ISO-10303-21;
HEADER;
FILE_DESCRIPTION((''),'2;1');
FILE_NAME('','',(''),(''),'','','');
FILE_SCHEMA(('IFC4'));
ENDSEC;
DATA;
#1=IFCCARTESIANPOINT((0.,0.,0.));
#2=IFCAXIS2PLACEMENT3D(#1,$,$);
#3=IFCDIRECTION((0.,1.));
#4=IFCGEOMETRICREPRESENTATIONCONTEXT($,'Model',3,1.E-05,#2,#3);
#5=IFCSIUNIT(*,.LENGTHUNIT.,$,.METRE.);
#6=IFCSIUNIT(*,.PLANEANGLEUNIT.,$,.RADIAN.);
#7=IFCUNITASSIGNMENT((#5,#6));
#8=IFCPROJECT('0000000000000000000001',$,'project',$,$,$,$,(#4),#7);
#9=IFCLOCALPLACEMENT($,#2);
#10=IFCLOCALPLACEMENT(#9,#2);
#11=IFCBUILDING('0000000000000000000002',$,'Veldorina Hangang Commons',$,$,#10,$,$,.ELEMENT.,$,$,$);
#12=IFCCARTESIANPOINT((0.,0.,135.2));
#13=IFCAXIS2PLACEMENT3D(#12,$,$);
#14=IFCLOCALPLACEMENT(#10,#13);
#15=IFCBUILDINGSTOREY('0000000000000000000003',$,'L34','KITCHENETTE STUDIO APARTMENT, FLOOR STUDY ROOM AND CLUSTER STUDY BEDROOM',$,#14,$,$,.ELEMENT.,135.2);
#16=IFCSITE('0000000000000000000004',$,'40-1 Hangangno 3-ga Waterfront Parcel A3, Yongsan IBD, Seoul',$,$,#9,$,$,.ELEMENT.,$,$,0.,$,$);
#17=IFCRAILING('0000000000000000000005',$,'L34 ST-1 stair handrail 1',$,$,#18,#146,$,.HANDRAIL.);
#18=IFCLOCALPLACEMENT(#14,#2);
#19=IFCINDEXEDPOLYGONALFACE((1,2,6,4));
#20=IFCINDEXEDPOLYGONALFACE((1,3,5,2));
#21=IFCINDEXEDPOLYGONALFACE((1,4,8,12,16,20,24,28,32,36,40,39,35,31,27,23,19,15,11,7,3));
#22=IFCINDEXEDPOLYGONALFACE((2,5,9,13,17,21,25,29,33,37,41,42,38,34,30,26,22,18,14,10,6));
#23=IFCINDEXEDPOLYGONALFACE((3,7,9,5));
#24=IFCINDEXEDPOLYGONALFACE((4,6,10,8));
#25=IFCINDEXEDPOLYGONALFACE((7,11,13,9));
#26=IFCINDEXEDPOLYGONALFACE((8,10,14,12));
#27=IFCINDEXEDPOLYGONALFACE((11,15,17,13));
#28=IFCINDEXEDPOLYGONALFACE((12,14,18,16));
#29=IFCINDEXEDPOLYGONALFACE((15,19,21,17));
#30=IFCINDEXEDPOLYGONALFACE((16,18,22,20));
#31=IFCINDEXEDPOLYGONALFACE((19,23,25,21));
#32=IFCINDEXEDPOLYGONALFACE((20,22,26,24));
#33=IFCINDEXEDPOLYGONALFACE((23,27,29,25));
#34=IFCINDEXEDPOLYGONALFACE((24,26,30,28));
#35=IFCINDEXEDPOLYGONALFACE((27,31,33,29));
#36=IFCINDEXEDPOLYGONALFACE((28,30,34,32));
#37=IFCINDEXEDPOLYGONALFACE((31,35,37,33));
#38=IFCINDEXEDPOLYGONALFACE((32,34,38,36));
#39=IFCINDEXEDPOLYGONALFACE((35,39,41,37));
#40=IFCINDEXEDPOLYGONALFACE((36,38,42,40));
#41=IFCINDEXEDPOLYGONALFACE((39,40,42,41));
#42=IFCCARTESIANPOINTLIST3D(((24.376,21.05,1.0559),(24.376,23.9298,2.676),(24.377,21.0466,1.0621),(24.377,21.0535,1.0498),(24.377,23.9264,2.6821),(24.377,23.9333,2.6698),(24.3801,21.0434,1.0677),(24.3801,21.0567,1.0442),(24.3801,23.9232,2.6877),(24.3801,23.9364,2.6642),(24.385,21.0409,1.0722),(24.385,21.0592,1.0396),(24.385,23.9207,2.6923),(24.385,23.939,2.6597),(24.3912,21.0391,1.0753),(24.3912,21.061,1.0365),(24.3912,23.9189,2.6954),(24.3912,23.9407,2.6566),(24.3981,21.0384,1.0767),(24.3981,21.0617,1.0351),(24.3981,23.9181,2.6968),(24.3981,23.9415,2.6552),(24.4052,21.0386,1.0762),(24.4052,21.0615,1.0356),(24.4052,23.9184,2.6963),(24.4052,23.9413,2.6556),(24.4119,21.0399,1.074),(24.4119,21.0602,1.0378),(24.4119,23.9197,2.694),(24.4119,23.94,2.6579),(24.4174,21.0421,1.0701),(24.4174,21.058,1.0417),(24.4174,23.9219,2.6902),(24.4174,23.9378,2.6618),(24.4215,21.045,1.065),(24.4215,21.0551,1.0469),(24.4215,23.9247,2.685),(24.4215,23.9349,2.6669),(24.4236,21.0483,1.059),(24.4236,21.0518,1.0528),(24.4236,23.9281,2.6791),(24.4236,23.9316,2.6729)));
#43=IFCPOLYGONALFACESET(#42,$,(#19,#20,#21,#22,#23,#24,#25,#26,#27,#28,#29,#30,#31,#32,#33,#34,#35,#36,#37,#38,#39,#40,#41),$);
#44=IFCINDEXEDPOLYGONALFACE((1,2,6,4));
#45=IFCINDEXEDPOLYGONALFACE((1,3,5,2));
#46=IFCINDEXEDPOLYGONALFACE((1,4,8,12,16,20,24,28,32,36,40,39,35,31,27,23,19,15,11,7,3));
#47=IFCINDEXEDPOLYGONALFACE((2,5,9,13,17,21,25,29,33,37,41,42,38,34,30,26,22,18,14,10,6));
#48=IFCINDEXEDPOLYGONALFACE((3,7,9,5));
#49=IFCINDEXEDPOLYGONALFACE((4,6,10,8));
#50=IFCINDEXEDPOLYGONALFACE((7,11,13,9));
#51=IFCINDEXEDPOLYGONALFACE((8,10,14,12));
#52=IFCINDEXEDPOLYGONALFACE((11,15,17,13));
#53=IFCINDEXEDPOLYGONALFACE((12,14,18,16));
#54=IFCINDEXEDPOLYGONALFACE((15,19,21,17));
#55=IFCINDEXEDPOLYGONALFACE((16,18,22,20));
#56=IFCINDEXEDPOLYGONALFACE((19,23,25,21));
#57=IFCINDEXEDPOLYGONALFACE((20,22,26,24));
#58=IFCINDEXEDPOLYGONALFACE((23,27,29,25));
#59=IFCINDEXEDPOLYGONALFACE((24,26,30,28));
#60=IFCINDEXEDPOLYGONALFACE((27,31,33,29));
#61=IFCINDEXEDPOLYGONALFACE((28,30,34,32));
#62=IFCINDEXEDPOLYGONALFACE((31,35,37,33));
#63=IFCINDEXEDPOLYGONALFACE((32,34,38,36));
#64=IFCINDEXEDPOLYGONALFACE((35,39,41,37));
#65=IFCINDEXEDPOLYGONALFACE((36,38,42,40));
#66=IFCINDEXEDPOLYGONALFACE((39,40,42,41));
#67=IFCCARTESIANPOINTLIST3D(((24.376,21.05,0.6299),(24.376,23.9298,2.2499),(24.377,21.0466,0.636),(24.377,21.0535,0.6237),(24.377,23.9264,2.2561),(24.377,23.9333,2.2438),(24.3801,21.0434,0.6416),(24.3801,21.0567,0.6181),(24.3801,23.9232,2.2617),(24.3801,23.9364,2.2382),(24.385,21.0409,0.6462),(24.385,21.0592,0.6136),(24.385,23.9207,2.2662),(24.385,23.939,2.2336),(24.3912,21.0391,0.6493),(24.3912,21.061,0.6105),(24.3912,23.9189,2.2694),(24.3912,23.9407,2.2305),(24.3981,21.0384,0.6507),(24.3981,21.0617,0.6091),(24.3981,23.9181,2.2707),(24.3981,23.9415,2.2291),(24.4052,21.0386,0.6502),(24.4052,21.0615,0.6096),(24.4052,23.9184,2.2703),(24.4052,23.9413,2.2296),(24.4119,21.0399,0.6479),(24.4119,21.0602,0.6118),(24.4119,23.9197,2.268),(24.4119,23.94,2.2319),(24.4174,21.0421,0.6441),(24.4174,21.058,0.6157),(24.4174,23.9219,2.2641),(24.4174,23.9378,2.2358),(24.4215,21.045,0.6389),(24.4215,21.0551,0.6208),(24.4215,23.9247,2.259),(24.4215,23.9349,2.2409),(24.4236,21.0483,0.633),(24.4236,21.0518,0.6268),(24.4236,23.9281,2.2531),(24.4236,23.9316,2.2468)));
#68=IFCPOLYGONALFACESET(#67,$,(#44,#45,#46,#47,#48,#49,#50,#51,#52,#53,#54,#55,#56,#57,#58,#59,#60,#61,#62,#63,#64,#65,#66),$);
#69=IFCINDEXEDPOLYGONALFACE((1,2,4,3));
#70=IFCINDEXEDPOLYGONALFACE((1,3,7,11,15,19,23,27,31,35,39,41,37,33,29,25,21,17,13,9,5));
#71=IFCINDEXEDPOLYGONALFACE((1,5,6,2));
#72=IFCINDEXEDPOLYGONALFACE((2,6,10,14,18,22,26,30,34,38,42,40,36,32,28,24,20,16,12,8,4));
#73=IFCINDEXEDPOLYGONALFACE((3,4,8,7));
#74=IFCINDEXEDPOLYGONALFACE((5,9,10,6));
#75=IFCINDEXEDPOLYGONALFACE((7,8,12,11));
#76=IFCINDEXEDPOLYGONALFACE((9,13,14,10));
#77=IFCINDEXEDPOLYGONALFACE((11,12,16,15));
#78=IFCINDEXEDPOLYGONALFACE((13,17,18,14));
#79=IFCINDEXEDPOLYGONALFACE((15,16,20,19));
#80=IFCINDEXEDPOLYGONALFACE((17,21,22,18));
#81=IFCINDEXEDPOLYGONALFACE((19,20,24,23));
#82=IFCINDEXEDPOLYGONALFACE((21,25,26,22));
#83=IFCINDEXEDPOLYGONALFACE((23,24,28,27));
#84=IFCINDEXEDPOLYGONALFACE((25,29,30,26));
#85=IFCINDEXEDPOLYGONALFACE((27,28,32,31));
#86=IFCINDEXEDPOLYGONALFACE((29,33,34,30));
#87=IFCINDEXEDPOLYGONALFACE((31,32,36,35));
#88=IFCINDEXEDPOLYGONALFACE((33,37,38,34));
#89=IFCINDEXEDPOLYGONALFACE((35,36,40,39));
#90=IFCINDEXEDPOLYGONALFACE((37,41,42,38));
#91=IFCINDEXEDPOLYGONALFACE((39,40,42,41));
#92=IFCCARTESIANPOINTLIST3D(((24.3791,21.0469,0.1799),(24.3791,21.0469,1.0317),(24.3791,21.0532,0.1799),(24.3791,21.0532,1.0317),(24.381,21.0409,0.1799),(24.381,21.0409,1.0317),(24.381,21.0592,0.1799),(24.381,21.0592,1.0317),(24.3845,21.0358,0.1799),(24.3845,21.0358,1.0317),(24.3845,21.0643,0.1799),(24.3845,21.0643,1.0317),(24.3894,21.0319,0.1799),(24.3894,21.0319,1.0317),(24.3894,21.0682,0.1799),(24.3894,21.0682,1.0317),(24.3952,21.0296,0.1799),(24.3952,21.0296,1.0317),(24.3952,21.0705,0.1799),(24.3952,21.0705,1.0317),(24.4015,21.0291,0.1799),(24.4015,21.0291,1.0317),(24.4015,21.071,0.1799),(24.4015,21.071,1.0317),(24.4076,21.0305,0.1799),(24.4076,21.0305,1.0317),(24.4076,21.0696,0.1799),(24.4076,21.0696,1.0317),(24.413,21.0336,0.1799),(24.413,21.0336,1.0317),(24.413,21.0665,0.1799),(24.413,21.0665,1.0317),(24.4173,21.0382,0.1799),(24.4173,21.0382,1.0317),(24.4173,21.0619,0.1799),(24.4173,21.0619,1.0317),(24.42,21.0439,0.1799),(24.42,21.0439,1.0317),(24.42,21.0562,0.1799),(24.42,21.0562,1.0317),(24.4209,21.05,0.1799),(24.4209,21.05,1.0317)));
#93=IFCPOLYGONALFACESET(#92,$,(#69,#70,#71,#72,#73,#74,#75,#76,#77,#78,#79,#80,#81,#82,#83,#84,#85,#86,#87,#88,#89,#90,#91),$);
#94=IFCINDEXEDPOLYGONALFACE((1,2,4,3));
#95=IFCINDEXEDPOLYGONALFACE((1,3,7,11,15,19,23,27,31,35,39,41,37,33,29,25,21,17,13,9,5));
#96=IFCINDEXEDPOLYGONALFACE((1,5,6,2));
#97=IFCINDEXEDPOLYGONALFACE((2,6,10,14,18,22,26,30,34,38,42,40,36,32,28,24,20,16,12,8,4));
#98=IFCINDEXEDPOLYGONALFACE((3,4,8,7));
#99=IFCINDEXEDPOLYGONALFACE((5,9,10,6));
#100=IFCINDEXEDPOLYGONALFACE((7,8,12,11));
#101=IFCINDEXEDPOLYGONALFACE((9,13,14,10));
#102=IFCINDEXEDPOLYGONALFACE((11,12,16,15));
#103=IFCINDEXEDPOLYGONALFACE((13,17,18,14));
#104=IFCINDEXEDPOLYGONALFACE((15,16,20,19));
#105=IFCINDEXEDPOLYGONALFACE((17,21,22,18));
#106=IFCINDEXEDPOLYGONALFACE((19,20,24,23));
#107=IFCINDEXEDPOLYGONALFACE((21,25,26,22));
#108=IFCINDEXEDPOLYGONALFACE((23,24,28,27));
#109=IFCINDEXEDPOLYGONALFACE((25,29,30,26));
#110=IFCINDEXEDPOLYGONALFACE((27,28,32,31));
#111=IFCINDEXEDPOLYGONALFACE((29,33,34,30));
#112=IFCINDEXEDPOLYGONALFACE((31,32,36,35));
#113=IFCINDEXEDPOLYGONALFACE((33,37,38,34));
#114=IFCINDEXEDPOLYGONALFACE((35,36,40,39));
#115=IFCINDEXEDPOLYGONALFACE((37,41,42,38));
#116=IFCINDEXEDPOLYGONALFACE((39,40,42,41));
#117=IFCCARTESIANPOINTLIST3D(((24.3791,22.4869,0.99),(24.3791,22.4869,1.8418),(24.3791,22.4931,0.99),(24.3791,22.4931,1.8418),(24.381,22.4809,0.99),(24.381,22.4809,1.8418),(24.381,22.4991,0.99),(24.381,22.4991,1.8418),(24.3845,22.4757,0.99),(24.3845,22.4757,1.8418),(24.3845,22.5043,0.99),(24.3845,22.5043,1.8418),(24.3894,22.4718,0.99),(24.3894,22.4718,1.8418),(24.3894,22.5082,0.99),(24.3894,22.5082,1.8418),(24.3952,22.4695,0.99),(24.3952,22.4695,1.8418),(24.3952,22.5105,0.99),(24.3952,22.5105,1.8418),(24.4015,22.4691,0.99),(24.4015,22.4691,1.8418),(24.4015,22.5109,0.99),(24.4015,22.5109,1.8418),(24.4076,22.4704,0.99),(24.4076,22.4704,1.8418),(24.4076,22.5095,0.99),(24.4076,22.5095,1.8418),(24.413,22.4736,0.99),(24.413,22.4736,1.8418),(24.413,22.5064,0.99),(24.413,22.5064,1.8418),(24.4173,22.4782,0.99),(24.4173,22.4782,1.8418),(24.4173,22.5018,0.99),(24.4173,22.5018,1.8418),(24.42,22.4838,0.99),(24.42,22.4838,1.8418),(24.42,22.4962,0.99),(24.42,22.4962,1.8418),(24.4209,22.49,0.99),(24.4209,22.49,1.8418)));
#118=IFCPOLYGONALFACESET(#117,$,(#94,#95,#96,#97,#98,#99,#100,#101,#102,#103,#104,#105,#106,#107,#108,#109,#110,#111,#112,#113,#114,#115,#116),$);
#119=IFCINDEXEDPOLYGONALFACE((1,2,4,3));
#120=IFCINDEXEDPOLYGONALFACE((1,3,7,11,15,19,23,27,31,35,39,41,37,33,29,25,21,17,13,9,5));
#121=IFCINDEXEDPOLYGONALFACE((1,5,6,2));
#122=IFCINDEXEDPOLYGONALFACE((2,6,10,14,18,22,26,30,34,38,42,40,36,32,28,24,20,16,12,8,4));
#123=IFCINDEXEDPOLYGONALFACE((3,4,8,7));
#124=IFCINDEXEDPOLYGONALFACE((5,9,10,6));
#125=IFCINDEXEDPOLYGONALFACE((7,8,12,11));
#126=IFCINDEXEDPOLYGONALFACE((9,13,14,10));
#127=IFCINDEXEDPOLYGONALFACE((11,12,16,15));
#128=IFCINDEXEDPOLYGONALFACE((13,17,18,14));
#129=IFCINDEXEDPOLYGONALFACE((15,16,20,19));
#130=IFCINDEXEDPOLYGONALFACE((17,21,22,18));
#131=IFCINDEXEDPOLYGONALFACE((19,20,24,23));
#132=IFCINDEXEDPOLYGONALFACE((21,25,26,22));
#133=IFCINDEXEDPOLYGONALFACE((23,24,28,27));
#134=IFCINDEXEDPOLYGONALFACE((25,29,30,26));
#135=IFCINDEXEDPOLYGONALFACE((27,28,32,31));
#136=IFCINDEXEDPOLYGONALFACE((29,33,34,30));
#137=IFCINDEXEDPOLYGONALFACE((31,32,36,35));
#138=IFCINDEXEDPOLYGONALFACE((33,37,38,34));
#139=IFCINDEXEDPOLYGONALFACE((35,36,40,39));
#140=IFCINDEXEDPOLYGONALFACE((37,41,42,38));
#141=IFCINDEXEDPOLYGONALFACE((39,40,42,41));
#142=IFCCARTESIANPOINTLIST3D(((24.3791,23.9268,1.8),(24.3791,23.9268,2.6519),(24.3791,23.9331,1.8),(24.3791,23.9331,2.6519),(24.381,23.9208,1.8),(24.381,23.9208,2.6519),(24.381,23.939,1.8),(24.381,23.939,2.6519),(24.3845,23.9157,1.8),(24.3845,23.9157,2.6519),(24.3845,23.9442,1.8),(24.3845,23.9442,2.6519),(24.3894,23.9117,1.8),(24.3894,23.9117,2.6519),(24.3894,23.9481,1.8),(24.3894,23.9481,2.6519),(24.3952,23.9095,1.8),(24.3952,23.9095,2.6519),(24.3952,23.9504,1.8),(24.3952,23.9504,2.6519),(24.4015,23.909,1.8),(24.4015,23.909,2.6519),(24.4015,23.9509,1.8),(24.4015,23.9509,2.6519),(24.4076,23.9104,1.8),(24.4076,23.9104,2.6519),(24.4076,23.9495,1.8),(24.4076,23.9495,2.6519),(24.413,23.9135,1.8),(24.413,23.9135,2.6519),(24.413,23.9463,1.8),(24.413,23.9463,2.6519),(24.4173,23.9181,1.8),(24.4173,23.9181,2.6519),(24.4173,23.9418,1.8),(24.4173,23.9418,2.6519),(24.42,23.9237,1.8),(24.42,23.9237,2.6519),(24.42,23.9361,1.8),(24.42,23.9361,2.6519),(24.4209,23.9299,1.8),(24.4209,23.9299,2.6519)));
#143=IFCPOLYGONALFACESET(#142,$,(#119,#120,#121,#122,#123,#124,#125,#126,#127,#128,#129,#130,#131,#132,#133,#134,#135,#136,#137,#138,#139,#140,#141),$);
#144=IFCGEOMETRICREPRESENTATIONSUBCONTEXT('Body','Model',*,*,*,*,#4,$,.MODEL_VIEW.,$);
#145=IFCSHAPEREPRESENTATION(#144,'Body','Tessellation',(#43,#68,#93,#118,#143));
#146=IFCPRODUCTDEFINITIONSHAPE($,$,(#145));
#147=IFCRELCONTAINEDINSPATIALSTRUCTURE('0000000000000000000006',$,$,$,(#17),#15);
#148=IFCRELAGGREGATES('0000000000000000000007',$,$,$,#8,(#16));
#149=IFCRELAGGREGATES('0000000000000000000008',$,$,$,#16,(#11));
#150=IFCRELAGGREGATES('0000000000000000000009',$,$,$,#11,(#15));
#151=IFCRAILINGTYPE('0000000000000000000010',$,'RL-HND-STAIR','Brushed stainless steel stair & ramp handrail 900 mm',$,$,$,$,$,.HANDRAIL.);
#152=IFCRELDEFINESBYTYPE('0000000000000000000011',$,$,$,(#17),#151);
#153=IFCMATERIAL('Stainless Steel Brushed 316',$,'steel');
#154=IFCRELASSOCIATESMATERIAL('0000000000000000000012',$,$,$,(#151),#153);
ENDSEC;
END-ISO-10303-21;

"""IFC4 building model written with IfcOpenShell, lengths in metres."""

from ifc_helpers import new_model, si_unit, direction, frame, origin, origin_2d, place, context, subcontext, project, spatial, circle, extrude, material, type_object, element, save


model = new_model("IFC4")

# Units and contexts
model_context = context("Model", 3, precision=1e-05, world=origin(), true_north=direction((0.0, 1.0)))
body_context = subcontext(model_context, "Body", "Model", "MODEL_VIEW")
ifc_project = project(units=[si_unit("LENGTHUNIT", "METRE"), si_unit("PLANEANGLEUNIT", "RADIAN")], contexts=[model_context])

# Site, building, storey
site_placement = place(None, origin())
site = spatial("IfcSite", under=ifc_project, at=site_placement, Name="40-1 Hangangno 3-ga Waterfront Parcel A3, Yongsan IBD, Seoul", CompositionType="ELEMENT", RefElevation=0.0)
building_placement = place(site_placement, origin())
building = spatial("IfcBuilding", under=site, at=building_placement, Name="Veldorina Hangang Commons", CompositionType="ELEMENT")
storey_placement = place(building_placement, frame((0.0, 0.0, 135.2)))
storey = spatial("IfcBuildingStorey", under=building, at=storey_placement, Name="L34", Description="KITCHENETTE STUDIO APARTMENT, FLOOR STUDY ROOM AND CLUSTER STUDY BEDROOM", CompositionType="ELEMENT", Elevation=135.2)

# Railing
ifc_material_1 = material(Name="Stainless Steel Brushed 316", Category="steel")
railing_type_1 = type_object("IfcRailingType", Name="RL-HND-STAIR", Description="Brushed stainless steel stair & ramp handrail 900 mm", PredefinedType="HANDRAIL", material=ifc_material_1)
railing_1_placement = place(storey_placement, frame((24.3999, 21.05, 0.1799)))
element("IfcRailing", 1, at=railing_1_placement, inside=storey, type_object=railing_type_1, Name="L34 ST-1 stair handrail 1", PredefinedType="HANDRAIL", context=body_context, shape_type="SweptSolid", body=[
    extrude(circle(Radius=0.0239, at=origin_2d()), frame((0.0, 0.0, 0.876), z_axis=(0.0, 0.871552, 0.490303), x_axis=(-1.0, 0.0, 0.0)), (0.0, 0.0, 1.0), 3.3042),
    extrude(circle(Radius=0.0239, at=origin_2d()), frame((0.0, 0.0, 0.45), z_axis=(0.0, 0.871552, 0.490303), x_axis=(-1.0, 0.0, 0.0)), (0.0, 0.0, 1.0), 3.3042),
    extrude(circle(Radius=0.021, at=origin_2d()), origin(), (0.0, 0.0, 1.0), 0.8518),
    extrude(circle(Radius=0.021, at=origin_2d()), frame((0.0, 1.4399, 0.8101)), (0.0, 0.0, 1.0), 0.8518),
    extrude(circle(Radius=0.021, at=origin_2d()), frame((0.0, 2.8799, 1.6201)), (0.0, 0.0, 1.0), 0.8518),
])

save(model, "model.ifc")
